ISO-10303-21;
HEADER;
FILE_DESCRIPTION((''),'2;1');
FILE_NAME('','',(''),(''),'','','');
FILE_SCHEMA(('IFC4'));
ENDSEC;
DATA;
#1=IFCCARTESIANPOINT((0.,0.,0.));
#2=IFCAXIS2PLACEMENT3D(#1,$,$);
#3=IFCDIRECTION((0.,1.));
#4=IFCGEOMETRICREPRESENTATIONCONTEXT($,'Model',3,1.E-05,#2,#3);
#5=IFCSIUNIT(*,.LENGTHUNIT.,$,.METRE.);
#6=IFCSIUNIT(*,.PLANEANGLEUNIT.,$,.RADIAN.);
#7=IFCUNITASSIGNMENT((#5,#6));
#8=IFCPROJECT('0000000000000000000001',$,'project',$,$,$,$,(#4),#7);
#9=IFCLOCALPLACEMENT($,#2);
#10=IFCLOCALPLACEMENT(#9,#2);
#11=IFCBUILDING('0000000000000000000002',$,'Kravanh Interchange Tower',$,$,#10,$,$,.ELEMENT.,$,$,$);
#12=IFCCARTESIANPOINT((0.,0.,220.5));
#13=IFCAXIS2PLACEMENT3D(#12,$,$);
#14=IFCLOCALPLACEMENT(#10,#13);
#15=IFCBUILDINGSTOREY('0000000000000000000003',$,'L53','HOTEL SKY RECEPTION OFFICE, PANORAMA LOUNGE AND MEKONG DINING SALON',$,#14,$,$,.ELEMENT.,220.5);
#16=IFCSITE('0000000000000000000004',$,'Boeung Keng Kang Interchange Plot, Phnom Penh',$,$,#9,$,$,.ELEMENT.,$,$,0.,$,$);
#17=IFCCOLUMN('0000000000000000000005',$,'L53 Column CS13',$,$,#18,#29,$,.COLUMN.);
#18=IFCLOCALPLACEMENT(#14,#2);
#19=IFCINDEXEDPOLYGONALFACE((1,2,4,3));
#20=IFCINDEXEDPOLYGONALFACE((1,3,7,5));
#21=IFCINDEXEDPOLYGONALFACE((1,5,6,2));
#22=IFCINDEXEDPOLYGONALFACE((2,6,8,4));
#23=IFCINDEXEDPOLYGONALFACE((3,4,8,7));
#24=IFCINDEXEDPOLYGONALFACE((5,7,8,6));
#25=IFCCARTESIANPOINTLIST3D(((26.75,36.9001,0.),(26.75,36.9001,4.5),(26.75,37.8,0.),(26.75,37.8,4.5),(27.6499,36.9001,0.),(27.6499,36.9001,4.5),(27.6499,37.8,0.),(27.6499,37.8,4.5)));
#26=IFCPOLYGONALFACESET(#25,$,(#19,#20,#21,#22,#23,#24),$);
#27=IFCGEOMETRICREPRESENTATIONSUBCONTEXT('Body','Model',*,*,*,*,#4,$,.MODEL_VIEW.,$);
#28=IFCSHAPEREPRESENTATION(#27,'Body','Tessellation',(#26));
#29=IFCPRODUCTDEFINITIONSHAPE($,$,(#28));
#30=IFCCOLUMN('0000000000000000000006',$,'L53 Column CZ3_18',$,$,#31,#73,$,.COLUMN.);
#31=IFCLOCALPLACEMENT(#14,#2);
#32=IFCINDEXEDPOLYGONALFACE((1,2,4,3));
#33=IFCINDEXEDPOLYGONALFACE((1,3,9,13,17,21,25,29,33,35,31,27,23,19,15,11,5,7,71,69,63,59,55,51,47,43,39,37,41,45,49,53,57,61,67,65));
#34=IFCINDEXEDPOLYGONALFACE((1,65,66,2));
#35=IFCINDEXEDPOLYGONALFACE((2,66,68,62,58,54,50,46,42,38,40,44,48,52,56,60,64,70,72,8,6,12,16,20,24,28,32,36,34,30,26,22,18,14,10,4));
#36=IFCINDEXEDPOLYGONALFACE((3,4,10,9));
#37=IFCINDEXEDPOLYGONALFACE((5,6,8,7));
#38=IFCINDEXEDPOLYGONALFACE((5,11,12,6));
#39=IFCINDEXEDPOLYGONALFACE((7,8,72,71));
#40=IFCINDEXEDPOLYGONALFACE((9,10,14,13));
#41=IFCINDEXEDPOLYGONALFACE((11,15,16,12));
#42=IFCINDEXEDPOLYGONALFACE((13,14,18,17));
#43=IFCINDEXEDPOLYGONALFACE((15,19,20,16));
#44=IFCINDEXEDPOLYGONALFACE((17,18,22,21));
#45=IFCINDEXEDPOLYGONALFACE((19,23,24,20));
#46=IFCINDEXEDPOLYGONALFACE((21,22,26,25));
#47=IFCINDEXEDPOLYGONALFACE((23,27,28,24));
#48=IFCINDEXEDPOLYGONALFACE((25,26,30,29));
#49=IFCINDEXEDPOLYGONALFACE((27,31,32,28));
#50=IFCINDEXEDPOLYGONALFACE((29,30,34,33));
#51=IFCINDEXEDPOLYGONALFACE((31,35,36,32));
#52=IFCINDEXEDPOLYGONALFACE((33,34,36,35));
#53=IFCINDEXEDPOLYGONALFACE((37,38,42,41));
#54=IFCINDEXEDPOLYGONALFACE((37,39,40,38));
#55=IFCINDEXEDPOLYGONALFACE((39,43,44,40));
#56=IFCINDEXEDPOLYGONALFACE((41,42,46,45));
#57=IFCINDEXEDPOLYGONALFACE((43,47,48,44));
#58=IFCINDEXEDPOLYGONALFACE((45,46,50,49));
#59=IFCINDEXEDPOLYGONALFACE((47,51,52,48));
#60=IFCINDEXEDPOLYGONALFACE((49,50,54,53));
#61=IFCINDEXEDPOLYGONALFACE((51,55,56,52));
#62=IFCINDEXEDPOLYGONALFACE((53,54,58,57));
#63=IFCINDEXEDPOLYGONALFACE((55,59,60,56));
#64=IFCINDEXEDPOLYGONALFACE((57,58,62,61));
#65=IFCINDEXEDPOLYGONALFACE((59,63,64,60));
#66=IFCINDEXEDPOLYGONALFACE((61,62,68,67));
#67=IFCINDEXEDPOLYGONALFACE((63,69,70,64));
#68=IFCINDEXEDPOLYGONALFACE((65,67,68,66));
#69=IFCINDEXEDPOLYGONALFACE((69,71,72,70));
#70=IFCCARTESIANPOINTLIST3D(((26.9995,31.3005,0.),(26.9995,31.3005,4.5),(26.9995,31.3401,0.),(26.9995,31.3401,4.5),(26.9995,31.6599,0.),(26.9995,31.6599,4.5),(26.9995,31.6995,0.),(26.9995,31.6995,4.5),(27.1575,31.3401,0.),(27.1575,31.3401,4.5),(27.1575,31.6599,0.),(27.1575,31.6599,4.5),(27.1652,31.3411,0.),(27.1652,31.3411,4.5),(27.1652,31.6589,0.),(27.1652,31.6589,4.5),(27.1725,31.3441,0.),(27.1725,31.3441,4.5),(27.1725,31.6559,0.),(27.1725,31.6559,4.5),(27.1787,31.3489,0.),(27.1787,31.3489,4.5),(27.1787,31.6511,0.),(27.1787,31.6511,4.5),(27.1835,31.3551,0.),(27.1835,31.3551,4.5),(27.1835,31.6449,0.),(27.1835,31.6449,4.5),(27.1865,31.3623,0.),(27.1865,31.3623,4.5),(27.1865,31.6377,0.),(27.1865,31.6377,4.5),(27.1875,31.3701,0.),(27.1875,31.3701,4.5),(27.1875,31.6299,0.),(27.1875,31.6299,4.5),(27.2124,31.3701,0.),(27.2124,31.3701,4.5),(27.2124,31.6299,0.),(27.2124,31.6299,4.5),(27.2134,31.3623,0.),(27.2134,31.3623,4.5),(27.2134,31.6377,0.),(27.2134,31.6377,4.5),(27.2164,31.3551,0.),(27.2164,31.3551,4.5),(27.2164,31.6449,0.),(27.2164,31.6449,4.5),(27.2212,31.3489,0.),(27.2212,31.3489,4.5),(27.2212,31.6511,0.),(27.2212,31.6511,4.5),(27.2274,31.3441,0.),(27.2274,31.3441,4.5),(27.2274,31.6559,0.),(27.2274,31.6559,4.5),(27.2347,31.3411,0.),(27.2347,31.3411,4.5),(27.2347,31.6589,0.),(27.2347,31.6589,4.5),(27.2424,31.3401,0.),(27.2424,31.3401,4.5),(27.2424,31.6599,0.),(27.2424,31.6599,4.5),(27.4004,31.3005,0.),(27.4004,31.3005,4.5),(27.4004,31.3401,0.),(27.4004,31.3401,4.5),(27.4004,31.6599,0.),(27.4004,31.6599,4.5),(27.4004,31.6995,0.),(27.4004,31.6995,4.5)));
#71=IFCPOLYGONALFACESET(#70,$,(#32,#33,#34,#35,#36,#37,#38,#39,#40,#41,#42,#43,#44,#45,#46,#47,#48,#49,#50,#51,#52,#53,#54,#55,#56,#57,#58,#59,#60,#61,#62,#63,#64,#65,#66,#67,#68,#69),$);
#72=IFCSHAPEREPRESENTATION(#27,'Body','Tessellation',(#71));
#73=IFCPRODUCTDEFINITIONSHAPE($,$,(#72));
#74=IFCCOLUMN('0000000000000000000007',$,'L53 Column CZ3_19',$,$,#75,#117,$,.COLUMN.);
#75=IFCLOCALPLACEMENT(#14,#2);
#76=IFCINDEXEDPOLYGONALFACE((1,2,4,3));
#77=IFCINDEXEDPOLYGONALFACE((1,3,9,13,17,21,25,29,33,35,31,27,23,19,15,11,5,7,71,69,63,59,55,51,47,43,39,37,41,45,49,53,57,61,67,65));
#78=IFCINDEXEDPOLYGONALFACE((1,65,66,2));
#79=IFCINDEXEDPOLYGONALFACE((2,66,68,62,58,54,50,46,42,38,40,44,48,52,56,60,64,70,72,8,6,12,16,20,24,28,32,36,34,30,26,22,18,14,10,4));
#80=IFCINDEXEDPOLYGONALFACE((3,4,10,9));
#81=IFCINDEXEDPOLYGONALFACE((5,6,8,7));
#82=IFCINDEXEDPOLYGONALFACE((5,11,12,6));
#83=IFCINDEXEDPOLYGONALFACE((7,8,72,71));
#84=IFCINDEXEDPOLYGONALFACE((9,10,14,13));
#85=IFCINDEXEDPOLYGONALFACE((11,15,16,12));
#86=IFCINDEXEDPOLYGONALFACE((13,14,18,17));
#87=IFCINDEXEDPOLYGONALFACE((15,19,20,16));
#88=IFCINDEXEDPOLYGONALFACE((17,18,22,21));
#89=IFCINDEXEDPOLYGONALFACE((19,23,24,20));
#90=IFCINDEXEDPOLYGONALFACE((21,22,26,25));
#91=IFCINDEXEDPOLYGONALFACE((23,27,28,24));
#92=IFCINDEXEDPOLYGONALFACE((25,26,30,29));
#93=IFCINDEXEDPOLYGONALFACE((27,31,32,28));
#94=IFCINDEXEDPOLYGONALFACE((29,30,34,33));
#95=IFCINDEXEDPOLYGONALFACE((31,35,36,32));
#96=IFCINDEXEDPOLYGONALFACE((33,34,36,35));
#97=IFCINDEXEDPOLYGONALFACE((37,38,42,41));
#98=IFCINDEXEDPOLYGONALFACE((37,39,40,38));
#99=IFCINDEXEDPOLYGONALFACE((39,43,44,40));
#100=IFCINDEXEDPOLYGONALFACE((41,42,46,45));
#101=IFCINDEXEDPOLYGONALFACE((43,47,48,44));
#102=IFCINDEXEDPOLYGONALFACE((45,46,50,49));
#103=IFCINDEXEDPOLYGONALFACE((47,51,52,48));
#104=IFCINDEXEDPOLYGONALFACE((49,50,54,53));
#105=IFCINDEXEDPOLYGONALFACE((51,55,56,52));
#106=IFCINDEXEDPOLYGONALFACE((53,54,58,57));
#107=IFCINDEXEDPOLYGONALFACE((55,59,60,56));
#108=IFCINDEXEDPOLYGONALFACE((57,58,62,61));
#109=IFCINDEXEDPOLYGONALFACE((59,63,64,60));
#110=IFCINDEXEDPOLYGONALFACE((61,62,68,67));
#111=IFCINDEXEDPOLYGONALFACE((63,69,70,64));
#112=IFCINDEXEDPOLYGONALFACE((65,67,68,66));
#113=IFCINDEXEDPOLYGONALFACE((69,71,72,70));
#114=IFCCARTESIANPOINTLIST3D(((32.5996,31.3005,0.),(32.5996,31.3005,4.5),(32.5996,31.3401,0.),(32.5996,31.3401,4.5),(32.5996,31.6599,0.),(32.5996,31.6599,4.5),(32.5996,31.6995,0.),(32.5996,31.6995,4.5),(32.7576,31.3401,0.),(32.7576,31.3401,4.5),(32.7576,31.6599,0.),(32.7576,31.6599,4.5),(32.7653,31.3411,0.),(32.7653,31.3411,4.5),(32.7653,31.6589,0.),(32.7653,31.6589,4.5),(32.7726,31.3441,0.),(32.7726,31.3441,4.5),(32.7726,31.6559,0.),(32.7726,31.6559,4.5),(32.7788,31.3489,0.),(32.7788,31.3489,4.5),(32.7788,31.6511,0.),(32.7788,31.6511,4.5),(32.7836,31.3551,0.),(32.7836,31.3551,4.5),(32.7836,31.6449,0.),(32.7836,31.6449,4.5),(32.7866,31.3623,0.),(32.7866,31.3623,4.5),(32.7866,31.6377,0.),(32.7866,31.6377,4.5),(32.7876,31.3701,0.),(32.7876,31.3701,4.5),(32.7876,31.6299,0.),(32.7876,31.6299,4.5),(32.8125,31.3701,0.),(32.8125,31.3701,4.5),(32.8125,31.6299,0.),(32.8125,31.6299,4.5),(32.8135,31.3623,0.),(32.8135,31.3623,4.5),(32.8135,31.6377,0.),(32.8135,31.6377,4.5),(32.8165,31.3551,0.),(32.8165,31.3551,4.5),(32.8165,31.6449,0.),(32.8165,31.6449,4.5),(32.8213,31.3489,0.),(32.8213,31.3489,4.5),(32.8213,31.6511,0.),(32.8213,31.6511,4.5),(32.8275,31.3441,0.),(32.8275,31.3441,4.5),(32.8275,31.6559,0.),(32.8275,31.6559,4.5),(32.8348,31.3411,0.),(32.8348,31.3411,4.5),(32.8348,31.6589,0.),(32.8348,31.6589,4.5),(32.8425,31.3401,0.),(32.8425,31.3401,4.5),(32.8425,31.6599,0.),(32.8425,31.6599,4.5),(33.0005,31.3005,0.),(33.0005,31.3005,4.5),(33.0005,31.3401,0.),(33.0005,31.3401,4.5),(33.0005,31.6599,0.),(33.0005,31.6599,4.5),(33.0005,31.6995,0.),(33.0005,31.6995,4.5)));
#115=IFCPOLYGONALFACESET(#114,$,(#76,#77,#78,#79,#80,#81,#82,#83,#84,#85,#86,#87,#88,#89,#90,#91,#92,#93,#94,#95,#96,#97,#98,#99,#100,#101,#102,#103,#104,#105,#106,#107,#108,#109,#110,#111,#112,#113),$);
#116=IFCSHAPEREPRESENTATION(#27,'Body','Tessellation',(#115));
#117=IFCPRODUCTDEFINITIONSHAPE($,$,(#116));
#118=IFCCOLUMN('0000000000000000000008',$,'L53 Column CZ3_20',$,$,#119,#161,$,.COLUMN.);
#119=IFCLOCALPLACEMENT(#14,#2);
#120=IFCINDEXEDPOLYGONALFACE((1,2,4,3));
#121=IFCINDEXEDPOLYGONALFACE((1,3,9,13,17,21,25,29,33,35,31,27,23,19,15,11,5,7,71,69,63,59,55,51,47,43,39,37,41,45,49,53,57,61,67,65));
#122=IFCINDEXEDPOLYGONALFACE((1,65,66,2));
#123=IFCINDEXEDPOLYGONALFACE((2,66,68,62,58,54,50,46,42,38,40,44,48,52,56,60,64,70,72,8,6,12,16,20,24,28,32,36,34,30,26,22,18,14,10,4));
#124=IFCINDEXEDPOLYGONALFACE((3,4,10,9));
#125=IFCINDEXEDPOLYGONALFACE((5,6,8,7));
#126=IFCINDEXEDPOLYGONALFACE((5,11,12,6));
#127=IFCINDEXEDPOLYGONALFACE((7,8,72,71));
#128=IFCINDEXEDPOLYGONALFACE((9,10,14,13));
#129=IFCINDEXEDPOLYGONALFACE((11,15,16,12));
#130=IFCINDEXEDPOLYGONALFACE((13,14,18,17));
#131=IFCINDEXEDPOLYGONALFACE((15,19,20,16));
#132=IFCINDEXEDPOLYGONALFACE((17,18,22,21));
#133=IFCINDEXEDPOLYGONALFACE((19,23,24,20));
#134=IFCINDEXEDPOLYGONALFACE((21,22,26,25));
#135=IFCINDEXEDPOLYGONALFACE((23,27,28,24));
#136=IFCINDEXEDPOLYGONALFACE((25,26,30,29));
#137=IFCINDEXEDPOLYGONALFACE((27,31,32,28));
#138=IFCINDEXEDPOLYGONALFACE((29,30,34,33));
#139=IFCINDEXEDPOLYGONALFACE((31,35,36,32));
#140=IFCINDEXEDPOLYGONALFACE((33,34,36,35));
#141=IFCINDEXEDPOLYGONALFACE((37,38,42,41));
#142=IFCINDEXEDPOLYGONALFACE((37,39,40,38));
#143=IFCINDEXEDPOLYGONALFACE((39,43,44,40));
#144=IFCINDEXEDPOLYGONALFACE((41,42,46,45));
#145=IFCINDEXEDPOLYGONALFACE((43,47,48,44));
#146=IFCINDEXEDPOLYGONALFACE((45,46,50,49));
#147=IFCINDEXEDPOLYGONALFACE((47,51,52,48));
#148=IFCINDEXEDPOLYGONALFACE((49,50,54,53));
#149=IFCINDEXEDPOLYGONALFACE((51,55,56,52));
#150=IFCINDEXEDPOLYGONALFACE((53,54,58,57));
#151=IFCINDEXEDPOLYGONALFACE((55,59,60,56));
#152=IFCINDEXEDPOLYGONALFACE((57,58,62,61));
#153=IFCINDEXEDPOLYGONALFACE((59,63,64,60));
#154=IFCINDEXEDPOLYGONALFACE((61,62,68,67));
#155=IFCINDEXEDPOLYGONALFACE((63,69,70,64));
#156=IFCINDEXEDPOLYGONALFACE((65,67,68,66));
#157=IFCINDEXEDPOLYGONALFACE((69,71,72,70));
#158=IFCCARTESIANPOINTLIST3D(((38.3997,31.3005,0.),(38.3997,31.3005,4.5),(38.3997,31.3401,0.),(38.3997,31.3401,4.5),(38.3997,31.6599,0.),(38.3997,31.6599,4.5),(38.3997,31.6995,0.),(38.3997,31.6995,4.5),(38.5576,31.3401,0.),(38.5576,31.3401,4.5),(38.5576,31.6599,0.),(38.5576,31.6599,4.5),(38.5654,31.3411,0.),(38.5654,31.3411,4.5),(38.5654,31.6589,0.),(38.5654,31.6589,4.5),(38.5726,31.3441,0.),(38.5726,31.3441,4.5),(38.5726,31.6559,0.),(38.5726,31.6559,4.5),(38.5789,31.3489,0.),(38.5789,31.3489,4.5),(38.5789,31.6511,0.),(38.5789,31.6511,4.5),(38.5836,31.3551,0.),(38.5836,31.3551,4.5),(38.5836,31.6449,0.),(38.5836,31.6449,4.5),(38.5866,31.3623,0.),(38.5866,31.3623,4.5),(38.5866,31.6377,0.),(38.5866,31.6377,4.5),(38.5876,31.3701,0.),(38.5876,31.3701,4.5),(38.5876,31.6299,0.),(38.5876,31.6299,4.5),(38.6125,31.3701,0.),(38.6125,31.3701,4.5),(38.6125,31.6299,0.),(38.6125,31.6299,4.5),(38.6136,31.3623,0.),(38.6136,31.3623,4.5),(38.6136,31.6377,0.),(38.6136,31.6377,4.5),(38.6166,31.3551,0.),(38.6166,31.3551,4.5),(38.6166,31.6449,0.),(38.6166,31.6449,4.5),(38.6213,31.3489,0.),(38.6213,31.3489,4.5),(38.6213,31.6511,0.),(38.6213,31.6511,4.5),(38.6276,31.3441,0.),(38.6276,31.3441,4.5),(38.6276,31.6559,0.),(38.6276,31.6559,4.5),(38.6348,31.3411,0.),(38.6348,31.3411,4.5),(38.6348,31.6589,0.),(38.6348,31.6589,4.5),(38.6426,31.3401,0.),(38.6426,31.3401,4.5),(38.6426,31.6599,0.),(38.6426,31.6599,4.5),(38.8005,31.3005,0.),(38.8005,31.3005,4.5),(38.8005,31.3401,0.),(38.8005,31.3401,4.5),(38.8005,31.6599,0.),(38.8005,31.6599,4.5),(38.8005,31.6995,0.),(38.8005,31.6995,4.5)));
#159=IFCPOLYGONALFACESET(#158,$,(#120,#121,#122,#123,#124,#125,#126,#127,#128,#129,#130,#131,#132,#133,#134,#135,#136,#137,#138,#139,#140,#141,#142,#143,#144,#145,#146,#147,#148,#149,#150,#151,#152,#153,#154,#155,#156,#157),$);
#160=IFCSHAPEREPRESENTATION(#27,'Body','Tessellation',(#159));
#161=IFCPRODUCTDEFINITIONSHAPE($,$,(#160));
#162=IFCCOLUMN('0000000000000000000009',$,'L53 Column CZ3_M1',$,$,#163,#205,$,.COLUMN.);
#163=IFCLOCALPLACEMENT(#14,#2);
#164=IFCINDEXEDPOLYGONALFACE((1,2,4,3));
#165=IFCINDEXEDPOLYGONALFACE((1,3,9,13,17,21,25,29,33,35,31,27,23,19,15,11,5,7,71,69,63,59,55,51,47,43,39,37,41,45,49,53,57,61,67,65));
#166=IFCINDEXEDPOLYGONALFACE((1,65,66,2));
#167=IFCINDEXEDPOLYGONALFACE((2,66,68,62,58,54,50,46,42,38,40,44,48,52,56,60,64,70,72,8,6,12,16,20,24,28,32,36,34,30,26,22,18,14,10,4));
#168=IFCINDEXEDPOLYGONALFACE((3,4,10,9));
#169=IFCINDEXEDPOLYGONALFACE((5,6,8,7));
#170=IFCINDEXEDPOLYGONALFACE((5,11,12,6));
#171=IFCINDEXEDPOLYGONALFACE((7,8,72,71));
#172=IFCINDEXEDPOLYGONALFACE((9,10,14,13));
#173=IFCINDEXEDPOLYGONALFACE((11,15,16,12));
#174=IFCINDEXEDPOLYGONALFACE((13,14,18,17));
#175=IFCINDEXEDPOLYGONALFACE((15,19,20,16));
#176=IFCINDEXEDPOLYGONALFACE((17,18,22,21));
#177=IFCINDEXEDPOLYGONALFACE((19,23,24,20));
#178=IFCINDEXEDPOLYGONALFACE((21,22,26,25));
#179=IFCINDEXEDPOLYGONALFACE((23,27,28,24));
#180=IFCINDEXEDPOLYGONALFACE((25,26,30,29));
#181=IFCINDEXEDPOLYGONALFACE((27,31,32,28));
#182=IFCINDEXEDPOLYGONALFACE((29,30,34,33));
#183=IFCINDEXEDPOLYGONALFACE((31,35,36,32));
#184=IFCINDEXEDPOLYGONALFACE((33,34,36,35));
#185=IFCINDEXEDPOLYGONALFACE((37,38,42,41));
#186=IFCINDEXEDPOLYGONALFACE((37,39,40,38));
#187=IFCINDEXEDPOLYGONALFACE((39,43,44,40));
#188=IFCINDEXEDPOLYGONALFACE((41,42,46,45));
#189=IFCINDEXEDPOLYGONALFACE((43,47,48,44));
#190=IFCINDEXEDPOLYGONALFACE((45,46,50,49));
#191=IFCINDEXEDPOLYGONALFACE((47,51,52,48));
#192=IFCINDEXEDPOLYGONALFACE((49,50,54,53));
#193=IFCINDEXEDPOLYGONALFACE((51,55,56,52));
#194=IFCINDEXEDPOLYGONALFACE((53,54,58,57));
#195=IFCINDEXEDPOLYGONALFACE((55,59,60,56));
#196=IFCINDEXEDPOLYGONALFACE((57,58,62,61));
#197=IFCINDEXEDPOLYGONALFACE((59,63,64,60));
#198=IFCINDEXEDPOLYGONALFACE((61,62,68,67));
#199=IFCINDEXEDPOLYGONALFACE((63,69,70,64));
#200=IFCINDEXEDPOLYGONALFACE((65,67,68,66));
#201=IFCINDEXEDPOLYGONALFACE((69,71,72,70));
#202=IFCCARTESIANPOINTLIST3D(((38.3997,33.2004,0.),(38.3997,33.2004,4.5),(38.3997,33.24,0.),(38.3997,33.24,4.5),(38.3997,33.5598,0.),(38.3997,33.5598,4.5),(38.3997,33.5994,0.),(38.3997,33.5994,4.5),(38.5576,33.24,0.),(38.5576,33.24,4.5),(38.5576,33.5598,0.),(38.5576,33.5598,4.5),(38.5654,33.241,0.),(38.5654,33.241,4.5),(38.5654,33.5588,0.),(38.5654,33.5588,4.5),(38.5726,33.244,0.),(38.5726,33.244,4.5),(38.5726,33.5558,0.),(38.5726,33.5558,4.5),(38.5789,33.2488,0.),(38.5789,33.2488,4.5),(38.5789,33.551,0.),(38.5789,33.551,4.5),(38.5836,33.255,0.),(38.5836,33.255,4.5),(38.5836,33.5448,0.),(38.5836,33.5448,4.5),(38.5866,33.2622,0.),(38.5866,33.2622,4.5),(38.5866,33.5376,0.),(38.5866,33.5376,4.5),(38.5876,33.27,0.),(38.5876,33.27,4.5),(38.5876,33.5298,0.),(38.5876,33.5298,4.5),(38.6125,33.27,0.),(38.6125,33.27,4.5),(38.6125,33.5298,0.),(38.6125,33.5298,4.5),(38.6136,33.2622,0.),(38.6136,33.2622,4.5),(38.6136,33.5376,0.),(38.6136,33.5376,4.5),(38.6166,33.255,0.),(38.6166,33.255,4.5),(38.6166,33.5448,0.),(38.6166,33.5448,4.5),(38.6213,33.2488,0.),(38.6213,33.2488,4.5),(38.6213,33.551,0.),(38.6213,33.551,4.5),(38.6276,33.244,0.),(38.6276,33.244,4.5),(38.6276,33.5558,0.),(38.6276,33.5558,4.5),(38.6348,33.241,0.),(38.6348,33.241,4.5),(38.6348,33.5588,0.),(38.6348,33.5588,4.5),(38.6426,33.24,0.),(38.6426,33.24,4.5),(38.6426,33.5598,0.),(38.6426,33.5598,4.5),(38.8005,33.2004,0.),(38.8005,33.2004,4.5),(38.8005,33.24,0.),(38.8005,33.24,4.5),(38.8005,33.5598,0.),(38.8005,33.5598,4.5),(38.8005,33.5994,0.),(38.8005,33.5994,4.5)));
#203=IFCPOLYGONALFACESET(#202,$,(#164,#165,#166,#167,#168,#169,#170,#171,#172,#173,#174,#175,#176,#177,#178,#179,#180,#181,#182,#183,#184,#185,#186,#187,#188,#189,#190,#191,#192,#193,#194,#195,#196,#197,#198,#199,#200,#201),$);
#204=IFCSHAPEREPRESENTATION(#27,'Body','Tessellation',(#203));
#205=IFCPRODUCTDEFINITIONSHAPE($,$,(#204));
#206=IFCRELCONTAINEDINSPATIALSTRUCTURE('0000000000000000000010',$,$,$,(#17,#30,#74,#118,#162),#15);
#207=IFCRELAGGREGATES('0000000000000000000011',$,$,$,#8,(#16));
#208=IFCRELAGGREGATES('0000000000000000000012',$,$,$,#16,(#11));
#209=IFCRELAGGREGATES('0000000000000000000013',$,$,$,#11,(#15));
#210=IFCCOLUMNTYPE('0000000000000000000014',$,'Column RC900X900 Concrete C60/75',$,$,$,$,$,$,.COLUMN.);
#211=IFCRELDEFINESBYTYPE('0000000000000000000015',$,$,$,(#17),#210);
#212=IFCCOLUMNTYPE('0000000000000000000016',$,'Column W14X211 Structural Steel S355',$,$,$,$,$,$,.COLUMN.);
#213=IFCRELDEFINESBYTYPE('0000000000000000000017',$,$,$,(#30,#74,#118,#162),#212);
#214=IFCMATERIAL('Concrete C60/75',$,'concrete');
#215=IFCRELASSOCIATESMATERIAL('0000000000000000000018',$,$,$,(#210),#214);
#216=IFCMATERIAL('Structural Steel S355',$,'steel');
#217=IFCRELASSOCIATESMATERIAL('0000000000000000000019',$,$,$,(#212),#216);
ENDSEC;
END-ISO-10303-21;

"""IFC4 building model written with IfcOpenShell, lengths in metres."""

from ifc_helpers import new_model, si_unit, direction, frame, origin, origin_2d, place, context, subcontext, project, spatial, rectangle, i_section, extrude, material, material_profile, profile_set, type_object, element, save


model = new_model("IFC4")

# Units and contexts
model_context = context("Model", 3, precision=1e-05, world=origin(), true_north=direction((0.0, 1.0)))
body_context = subcontext(model_context, "Body", "Model", "MODEL_VIEW")
ifc_project = project(units=[si_unit("LENGTHUNIT", "METRE"), si_unit("PLANEANGLEUNIT", "RADIAN")], contexts=[model_context])

# Site, building, storey
site_placement = place(None, origin())
site = spatial("IfcSite", under=ifc_project, at=site_placement, Name="Boeung Keng Kang Interchange Plot, Phnom Penh", CompositionType="ELEMENT", RefElevation=0.0)
building_placement = place(site_placement, origin())
building = spatial("IfcBuilding", under=site, at=building_placement, Name="Kravanh Interchange Tower", CompositionType="ELEMENT")
storey_placement = place(building_placement, frame((0.0, 0.0, 220.5)))
storey = spatial("IfcBuildingStorey", under=building, at=storey_placement, Name="L53", Description="HOTEL SKY RECEPTION OFFICE, PANORAMA LOUNGE AND MEKONG DINING SALON", CompositionType="ELEMENT", Elevation=220.5)

# Columns
ifc_material_1 = material(Name="Concrete C60/75", Category="concrete")
ifc_material_profile_1 = material_profile(ifc_material_1, rectangle(XDim=0.8999, YDim=0.8999, at=origin_2d()), Name="RC900X900")
ifc_profile_set_1 = profile_set([ifc_material_profile_1], Name="Concrete C60/75")
column_type_1 = type_object("IfcColumnType", Name="Column RC900X900 Concrete C60/75", PredefinedType="COLUMN", material=ifc_profile_set_1)
column_placement = place(storey_placement, frame((27.2, 37.3501, 0.0), z_axis=(0.0, 0.0, 1.0), x_axis=(1.0, 0.0, 0.0)))
element("IfcColumn", 1, at=column_placement, inside=storey, type_object=column_type_1, Name="L53 Column CS13", PredefinedType="COLUMN", context=body_context, shape_type="SweptSolid", body=[
    extrude(rectangle(XDim=0.8999, YDim=0.8999, at=origin_2d()), origin(), (0.0, 0.0, 1.0), 4.5),
])
ifc_material_2 = material(Name="Structural Steel S355", Category="steel")
ifc_material_profile_2 = material_profile(ifc_material_2, i_section(OverallWidth=0.4009, OverallDepth=0.3989, WebThickness=0.0249, FlangeThickness=0.0396, FilletRadius=0.03, at=origin_2d()), Name="W14X211")
ifc_profile_set_2 = profile_set([ifc_material_profile_2], Name="Structural Steel S355")
column_type_2 = type_object("IfcColumnType", Name="Column W14X211 Structural Steel S355", PredefinedType="COLUMN", material=ifc_profile_set_2)
for number, where, z_axis, x_axis, name in (
    (2, (27.2, 31.5, 0.0), (0.0, 0.0, 1.0), (1.0, 0.0, 0.0), "L53 Column CZ3_18"),
    (3, (32.8, 31.5, 0.0), (0.0, 0.0, 1.0), (1.0, 0.0, 0.0), "L53 Column CZ3_19"),
    (4, (38.6001, 31.5, 0.0), (0.0, 0.0, 1.0), (1.0, 0.0, 0.0), "L53 Column CZ3_20"),
    (5, (38.6001, 33.3999, 0.0), (0.0, 0.0, 1.0), (1.0, 0.0, 0.0), "L53 Column CZ3_M1"),
):
    element("IfcColumn", number, at=place(storey_placement, frame(where, z_axis=z_axis, x_axis=x_axis)), inside=storey, type_object=column_type_2, Name=name, PredefinedType="COLUMN", context=body_context, shape_type="SweptSolid", body=[
        extrude(i_section(OverallWidth=0.4009, OverallDepth=0.3989, WebThickness=0.0249, FlangeThickness=0.0396, FilletRadius=0.03, at=origin_2d()), origin(), (0.0, 0.0, 1.0), 4.5),
    ])

save(model, "model.ifc")
